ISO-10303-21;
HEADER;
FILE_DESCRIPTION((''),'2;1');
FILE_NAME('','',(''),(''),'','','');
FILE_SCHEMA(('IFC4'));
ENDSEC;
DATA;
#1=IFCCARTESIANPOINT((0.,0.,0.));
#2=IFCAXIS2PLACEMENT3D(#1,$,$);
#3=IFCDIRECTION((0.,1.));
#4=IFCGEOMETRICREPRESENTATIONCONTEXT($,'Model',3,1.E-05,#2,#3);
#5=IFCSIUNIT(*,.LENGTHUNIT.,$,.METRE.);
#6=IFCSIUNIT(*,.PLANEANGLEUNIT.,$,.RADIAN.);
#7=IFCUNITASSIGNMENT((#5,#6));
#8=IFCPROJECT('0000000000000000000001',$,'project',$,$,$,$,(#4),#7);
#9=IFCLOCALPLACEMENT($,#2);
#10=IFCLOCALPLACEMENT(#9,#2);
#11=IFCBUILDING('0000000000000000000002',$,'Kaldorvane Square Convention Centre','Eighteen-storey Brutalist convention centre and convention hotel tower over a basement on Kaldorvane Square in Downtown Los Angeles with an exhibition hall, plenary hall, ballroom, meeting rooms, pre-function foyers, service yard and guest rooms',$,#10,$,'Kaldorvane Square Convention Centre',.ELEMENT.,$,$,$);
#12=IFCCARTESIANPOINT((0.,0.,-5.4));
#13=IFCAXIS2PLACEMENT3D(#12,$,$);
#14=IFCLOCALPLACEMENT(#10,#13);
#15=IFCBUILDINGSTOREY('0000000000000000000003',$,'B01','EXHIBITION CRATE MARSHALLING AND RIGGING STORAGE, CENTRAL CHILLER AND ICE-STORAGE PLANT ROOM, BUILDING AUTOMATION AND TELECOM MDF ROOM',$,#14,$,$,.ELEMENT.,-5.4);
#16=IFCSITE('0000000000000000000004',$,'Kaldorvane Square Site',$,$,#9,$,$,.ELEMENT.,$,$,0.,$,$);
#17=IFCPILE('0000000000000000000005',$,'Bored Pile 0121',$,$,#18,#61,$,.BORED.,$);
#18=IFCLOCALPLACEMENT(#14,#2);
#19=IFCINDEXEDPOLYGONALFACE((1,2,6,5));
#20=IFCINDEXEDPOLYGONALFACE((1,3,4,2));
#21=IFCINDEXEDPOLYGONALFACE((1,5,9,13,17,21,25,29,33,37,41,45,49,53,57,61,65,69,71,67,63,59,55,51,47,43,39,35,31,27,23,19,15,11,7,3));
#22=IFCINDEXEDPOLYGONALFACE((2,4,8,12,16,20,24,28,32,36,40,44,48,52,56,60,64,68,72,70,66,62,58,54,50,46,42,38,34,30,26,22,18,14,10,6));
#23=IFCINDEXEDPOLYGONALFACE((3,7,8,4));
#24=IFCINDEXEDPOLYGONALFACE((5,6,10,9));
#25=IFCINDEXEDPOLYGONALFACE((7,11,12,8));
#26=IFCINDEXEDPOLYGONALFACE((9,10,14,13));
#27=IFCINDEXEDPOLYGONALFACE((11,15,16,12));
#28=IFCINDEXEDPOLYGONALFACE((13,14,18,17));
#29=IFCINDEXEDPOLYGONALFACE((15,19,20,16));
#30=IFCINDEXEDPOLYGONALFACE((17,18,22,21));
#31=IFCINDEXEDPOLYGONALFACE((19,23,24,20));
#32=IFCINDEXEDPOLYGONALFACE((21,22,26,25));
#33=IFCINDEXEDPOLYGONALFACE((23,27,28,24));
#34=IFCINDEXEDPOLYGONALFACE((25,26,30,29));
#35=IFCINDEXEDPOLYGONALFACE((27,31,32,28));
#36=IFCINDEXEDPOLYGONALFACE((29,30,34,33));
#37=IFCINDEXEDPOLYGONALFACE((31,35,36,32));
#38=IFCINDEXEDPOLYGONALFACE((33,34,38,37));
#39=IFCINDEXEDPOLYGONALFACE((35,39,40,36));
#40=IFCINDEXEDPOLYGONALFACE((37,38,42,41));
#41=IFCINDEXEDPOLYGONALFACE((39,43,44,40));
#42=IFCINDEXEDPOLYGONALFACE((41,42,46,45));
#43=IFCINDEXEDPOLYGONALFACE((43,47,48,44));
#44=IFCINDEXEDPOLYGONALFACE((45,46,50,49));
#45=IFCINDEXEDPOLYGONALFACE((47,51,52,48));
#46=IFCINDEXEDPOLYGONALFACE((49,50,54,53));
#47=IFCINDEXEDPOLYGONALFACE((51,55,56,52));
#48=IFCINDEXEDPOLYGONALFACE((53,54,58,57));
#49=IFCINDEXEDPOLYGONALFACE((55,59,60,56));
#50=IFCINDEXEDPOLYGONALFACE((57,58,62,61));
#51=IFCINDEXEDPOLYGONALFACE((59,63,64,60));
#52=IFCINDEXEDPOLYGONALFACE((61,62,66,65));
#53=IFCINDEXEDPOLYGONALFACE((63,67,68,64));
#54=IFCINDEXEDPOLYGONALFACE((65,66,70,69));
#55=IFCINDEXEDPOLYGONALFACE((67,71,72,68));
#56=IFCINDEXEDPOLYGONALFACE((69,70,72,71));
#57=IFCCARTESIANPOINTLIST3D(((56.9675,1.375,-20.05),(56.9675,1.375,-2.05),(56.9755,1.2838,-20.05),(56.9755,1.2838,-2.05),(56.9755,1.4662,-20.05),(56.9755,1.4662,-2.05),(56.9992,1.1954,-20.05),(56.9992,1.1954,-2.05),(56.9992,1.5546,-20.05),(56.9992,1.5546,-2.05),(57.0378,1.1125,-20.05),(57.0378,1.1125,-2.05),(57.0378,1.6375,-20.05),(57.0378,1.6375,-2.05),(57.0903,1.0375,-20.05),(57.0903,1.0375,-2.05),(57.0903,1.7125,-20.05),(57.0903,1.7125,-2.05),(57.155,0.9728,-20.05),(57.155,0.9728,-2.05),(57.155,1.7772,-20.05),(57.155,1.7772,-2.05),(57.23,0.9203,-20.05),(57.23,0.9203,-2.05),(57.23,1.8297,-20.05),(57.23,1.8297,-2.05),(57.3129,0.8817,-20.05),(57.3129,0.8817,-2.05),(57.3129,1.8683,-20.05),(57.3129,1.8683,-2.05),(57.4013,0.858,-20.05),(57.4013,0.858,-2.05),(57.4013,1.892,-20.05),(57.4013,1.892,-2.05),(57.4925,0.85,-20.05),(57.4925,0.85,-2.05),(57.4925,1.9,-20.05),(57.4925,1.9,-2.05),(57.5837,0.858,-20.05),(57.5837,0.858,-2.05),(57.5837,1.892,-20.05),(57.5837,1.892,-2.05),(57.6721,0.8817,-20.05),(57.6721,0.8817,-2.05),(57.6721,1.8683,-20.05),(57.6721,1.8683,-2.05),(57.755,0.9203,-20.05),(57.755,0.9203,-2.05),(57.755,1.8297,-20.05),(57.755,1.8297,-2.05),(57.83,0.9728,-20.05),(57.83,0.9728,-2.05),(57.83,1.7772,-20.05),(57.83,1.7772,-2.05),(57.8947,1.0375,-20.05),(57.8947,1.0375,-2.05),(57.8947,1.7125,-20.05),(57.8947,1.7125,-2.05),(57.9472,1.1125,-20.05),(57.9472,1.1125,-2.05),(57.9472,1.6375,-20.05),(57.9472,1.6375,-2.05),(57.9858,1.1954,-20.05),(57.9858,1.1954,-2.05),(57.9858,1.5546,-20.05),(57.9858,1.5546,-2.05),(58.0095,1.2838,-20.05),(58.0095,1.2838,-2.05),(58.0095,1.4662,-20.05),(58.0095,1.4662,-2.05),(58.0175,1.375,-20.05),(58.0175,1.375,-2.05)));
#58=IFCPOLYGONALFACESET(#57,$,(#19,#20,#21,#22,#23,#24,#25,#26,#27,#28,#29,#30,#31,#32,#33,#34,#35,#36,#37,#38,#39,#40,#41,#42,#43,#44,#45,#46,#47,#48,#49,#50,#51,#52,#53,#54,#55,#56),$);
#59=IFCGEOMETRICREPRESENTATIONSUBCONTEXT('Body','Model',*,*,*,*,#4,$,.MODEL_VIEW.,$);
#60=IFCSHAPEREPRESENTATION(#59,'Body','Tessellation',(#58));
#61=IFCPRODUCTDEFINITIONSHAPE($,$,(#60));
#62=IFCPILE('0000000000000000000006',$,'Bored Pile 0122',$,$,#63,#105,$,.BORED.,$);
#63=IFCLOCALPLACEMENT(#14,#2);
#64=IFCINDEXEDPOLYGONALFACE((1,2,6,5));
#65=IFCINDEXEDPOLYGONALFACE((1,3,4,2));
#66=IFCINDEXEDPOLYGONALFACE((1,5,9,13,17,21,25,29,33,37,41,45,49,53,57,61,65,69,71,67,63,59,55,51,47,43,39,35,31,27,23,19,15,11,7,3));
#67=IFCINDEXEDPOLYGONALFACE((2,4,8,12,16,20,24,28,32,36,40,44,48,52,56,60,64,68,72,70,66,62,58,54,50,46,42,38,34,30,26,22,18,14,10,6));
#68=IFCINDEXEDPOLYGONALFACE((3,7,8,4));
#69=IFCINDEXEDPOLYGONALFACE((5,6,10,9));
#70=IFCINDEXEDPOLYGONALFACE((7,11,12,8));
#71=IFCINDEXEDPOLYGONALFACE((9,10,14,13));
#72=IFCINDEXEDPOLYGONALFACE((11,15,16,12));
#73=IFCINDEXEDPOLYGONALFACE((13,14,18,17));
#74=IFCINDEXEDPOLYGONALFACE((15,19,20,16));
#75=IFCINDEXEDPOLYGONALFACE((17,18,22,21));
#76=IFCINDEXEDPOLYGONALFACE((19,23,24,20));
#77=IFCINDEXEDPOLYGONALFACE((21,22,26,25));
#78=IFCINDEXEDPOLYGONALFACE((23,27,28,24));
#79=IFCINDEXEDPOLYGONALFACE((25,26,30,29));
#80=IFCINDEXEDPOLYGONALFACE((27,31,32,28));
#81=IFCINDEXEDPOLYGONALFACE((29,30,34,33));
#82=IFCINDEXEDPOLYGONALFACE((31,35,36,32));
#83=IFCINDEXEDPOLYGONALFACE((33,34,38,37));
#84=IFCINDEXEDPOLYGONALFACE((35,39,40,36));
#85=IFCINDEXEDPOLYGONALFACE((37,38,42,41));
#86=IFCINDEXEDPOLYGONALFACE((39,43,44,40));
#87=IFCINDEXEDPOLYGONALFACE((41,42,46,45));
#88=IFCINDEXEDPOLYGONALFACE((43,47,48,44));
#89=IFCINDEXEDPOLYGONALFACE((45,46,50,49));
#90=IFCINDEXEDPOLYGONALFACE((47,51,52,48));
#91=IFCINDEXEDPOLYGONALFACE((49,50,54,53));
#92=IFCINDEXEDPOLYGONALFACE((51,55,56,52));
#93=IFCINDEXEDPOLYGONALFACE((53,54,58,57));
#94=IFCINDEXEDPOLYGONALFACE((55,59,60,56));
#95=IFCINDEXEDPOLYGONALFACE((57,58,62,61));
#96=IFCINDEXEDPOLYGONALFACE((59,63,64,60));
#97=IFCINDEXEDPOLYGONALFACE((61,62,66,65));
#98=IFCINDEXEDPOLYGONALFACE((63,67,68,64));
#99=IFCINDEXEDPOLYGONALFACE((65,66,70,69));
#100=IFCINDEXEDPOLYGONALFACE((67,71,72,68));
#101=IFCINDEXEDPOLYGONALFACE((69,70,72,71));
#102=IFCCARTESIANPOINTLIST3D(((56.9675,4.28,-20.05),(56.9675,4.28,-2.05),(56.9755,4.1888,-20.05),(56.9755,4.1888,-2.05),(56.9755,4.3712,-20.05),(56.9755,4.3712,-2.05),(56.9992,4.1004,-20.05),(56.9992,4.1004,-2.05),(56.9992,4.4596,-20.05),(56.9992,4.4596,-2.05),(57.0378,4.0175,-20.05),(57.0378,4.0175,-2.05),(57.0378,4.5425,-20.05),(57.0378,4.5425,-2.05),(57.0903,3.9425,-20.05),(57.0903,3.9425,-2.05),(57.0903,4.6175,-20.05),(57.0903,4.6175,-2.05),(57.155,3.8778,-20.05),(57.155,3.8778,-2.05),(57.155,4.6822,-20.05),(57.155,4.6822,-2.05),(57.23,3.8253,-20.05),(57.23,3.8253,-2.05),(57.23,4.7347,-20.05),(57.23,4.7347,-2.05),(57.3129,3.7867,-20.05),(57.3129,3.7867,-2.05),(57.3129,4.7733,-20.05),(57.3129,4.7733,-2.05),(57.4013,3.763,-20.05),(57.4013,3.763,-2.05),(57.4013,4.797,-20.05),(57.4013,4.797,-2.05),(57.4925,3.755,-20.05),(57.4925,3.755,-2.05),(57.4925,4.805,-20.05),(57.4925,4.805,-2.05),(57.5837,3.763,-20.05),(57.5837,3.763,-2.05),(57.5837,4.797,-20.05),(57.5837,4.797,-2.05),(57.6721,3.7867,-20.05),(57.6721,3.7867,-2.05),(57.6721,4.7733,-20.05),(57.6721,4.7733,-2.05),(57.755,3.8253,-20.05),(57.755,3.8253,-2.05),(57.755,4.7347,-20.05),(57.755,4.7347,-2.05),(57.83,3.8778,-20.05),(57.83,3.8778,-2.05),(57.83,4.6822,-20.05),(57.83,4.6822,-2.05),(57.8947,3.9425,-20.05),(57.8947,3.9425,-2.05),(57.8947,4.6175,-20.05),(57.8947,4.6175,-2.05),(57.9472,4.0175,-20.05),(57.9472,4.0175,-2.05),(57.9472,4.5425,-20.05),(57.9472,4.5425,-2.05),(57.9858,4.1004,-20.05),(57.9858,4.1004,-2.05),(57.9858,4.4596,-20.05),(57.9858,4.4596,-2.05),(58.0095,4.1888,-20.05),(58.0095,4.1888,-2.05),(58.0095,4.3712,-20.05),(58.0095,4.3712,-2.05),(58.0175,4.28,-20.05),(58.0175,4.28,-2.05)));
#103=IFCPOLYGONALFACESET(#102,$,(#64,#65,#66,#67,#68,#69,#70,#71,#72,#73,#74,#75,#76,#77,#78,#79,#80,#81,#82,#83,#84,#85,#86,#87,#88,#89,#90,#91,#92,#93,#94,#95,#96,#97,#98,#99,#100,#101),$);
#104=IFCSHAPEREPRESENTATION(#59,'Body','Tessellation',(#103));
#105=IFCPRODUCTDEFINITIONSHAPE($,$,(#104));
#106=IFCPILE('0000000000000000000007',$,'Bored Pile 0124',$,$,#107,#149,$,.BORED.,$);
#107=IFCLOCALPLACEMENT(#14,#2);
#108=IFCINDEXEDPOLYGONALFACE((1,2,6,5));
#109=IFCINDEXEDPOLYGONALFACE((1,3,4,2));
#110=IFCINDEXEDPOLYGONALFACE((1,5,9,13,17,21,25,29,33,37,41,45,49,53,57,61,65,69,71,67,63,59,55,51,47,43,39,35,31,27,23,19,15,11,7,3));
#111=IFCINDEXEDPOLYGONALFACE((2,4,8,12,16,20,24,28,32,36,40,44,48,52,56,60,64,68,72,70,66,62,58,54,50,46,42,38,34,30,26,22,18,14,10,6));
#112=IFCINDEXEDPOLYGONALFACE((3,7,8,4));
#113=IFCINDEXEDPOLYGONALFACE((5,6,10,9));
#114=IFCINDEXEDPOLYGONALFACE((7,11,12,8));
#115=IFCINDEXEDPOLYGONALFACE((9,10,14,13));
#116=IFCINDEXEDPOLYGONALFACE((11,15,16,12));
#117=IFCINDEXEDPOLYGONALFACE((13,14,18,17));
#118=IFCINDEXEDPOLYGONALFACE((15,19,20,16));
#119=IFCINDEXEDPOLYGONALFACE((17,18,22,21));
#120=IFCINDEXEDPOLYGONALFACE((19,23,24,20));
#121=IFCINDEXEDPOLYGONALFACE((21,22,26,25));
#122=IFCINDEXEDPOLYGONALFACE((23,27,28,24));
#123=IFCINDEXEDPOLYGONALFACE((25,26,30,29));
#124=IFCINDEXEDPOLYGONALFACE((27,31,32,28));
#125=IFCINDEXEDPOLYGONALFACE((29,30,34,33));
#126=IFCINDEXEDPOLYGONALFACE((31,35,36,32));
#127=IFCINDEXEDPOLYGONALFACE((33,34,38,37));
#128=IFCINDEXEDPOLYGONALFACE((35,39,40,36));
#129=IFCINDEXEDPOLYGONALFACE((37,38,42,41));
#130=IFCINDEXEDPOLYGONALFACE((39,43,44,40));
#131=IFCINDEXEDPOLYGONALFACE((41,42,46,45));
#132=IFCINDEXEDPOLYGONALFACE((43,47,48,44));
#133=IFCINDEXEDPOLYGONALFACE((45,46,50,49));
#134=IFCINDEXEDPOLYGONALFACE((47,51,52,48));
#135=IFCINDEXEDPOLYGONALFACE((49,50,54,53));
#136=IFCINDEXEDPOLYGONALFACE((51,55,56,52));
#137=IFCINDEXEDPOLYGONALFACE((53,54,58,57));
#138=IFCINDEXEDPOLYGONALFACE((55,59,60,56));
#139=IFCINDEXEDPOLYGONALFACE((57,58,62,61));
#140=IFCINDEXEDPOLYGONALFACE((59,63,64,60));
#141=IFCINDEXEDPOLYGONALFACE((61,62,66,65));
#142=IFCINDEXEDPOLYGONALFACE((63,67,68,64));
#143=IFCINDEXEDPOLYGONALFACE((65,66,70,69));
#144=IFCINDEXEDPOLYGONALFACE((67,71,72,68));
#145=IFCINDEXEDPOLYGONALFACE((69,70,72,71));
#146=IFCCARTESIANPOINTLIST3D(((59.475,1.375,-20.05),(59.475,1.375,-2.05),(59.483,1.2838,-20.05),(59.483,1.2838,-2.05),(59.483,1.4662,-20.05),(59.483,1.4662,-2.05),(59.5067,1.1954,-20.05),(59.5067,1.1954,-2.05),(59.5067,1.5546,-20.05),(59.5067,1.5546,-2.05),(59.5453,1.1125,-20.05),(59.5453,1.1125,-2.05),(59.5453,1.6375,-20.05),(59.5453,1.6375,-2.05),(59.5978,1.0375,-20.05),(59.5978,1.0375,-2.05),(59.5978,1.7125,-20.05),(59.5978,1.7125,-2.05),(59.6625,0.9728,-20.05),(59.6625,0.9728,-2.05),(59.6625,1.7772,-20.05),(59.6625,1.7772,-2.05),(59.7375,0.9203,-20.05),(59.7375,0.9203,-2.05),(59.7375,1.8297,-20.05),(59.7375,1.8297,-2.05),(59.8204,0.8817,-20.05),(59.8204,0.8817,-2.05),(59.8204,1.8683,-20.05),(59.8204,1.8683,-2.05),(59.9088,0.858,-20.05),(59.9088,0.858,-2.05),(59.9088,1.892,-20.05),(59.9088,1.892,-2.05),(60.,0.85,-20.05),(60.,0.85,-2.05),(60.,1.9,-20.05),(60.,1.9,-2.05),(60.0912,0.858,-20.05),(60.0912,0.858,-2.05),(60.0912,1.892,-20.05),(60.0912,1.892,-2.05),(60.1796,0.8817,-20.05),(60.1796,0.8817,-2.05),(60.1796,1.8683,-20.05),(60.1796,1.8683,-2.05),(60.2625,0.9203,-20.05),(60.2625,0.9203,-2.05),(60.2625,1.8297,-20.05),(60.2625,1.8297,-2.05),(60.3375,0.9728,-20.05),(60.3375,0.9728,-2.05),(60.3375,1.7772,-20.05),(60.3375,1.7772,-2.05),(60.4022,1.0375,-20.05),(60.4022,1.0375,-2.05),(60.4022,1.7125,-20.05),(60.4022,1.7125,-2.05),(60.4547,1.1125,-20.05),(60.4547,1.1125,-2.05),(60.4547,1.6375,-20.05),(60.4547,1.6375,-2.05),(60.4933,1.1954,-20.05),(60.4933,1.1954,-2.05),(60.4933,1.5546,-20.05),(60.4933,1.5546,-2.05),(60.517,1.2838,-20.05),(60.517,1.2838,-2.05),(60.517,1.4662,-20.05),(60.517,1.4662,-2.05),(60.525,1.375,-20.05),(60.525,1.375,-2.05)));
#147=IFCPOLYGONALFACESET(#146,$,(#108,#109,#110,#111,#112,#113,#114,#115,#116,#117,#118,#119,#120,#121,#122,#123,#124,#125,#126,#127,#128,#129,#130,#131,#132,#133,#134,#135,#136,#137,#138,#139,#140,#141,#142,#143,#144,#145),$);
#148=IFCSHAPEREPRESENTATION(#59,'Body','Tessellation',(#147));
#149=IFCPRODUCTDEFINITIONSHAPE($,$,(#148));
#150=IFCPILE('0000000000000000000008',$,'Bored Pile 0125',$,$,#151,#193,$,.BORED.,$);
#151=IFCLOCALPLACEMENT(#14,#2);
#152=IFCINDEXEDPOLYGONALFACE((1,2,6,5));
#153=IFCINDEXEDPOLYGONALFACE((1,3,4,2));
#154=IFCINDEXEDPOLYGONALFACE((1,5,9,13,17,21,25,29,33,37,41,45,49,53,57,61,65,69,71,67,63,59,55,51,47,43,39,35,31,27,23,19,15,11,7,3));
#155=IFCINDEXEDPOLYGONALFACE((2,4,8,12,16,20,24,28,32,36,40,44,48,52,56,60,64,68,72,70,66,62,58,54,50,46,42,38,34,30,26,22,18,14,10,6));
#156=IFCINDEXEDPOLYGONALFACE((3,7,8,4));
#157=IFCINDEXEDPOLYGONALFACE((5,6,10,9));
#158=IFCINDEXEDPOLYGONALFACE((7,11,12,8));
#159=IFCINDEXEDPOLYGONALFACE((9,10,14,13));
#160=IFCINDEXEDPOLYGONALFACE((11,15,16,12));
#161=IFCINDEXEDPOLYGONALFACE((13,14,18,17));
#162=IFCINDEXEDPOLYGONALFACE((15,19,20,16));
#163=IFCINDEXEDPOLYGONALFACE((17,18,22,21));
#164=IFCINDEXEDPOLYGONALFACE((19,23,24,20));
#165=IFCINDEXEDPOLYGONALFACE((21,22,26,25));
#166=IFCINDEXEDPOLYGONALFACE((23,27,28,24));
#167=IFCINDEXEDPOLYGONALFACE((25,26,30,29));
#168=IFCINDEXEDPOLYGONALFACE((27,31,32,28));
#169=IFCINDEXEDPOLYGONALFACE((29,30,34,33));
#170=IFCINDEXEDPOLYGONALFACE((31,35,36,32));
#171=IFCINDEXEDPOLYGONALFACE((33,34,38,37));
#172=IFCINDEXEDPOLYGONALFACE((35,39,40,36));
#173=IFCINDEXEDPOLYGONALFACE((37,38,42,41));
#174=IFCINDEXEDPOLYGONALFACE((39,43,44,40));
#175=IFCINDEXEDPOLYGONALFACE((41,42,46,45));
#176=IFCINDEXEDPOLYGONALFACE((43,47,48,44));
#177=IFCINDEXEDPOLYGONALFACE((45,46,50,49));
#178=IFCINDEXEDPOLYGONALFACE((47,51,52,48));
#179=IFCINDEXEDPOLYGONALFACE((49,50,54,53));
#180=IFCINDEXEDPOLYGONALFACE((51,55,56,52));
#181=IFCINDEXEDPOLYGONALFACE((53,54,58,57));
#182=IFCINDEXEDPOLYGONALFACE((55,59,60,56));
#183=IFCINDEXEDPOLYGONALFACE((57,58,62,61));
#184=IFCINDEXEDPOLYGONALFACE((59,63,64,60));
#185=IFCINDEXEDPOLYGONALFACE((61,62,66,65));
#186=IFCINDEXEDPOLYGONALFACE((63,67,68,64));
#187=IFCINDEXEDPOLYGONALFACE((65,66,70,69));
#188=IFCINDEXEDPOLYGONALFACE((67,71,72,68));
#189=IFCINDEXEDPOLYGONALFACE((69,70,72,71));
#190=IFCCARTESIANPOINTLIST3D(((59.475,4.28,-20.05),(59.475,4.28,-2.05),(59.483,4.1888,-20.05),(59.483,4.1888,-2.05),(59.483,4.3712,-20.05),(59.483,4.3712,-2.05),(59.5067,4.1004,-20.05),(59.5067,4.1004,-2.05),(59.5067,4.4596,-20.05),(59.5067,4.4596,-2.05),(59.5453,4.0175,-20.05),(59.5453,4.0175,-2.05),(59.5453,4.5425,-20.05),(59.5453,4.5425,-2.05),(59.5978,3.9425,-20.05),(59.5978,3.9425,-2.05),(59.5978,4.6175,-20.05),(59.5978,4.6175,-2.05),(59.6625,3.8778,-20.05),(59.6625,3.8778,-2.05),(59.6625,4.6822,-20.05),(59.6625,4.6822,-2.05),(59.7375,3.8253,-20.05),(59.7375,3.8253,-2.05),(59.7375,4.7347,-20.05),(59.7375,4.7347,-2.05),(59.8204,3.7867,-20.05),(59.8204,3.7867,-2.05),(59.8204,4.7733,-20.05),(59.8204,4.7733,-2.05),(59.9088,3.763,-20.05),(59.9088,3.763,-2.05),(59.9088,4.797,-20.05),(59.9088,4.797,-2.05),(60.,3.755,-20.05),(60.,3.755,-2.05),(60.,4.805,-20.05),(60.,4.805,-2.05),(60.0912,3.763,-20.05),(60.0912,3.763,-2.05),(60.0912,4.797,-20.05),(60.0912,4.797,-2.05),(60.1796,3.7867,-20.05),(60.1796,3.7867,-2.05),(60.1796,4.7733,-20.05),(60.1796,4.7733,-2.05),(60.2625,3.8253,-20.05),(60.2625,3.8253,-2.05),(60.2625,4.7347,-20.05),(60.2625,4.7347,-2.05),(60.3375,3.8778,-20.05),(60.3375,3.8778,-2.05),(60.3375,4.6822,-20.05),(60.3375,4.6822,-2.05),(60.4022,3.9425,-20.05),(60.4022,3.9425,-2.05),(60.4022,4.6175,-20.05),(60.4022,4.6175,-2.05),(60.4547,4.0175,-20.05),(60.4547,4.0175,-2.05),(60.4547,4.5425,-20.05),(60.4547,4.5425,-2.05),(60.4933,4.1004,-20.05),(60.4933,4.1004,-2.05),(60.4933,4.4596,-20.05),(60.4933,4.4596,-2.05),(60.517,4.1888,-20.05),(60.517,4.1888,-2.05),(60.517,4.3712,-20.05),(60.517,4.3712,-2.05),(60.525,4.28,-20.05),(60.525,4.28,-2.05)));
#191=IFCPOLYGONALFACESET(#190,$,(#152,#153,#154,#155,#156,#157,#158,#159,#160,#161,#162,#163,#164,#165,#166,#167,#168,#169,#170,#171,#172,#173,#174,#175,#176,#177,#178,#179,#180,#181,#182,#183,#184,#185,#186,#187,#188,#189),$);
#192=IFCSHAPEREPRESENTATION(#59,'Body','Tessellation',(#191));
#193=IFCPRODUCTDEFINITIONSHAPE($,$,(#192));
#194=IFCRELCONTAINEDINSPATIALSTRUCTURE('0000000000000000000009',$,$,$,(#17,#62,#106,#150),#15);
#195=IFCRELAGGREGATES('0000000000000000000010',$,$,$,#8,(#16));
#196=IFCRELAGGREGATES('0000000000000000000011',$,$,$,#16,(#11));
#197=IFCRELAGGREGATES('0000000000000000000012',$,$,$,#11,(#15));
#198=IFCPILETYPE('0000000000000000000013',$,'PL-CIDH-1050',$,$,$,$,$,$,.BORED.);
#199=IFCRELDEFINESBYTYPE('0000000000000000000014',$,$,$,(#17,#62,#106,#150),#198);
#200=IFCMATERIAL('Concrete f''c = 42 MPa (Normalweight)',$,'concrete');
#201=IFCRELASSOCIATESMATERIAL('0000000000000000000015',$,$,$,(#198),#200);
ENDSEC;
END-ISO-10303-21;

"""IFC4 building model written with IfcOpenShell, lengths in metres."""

from ifc_helpers import new_model, si_unit, direction, frame, origin, origin_2d, place, context, subcontext, project, spatial, circle, extrude, material, material_profile, profile_set, type_object, element, save


model = new_model("IFC4")

# Units and contexts
model_context = context("Model", 3, precision=1e-05, world=origin(), true_north=direction((0.0, 1.0)))
body_context = subcontext(model_context, "Body", "Model", "MODEL_VIEW")
ifc_project = project(units=[si_unit("LENGTHUNIT", "METRE"), si_unit("PLANEANGLEUNIT", "RADIAN")], contexts=[model_context])

# Site, building, storey
site_placement = place(None, origin())
site = spatial("IfcSite", under=ifc_project, at=site_placement, Name="Kaldorvane Square Site", CompositionType="ELEMENT", RefElevation=0.0)
building_placement = place(site_placement, origin())
building = spatial("IfcBuilding", under=site, at=building_placement, Name="Kaldorvane Square Convention Centre", Description="Eighteen-storey Brutalist convention centre and convention hotel tower over a basement on Kaldorvane Square in Downtown Los Angeles with an exhibition hall, plenary hall, ballroom, meeting rooms, pre-function foyers, service yard and guest rooms", LongName="Kaldorvane Square Convention Centre", CompositionType="ELEMENT")
storey_placement = place(building_placement, frame((0.0, 0.0, -5.4)))
storey = spatial("IfcBuildingStorey", under=building, at=storey_placement, Name="B01", Description="EXHIBITION CRATE MARSHALLING AND RIGGING STORAGE, CENTRAL CHILLER AND ICE-STORAGE PLANT ROOM, BUILDING AUTOMATION AND TELECOM MDF ROOM", CompositionType="ELEMENT", Elevation=-5.4)

# Shared definitions
ifc_material_1 = material(Name="Concrete f'c = 42 MPa (Normalweight)", Category="concrete")

# Piles
ifc_material_profile_1 = material_profile(ifc_material_1, circle(Radius=0.525, at=origin_2d()), Name="PILE-D1050")
ifc_profile_set_1 = profile_set([ifc_material_profile_1], Name="Concrete f'c = 42 MPa (Normalweight)")
pile_type = type_object("IfcPileType", Name="PL-CIDH-1050", PredefinedType="BORED", material=ifc_profile_set_1)
for number, where, z_axis, x_axis, name in (
    (1, (57.4925, 1.375, -2.05), (0.0, 0.0, -1.0), (1.0, 0.0, 0.0), "Bored Pile 0121"),
    (2, (57.4925, 4.28, -2.05), (0.0, 0.0, -1.0), (1.0, 0.0, 0.0), "Bored Pile 0122"),
    (3, (60.0, 1.375, -2.05), (0.0, 0.0, -1.0), (1.0, 0.0, 0.0), "Bored Pile 0124"),
    (4, (60.0, 4.28, -2.05), (0.0, 0.0, -1.0), (1.0, 0.0, 0.0), "Bored Pile 0125"),
):
    element("IfcPile", number, at=place(storey_placement, frame(where, z_axis=z_axis, x_axis=x_axis)), inside=storey, type_object=pile_type, Name=name, PredefinedType="BORED", context=body_context, shape_type="SweptSolid", body=[
        extrude(circle(Radius=0.525, at=origin_2d()), origin(), (0.0, 0.0, 1.0), 18.0),
    ])

save(model, "model.ifc")
